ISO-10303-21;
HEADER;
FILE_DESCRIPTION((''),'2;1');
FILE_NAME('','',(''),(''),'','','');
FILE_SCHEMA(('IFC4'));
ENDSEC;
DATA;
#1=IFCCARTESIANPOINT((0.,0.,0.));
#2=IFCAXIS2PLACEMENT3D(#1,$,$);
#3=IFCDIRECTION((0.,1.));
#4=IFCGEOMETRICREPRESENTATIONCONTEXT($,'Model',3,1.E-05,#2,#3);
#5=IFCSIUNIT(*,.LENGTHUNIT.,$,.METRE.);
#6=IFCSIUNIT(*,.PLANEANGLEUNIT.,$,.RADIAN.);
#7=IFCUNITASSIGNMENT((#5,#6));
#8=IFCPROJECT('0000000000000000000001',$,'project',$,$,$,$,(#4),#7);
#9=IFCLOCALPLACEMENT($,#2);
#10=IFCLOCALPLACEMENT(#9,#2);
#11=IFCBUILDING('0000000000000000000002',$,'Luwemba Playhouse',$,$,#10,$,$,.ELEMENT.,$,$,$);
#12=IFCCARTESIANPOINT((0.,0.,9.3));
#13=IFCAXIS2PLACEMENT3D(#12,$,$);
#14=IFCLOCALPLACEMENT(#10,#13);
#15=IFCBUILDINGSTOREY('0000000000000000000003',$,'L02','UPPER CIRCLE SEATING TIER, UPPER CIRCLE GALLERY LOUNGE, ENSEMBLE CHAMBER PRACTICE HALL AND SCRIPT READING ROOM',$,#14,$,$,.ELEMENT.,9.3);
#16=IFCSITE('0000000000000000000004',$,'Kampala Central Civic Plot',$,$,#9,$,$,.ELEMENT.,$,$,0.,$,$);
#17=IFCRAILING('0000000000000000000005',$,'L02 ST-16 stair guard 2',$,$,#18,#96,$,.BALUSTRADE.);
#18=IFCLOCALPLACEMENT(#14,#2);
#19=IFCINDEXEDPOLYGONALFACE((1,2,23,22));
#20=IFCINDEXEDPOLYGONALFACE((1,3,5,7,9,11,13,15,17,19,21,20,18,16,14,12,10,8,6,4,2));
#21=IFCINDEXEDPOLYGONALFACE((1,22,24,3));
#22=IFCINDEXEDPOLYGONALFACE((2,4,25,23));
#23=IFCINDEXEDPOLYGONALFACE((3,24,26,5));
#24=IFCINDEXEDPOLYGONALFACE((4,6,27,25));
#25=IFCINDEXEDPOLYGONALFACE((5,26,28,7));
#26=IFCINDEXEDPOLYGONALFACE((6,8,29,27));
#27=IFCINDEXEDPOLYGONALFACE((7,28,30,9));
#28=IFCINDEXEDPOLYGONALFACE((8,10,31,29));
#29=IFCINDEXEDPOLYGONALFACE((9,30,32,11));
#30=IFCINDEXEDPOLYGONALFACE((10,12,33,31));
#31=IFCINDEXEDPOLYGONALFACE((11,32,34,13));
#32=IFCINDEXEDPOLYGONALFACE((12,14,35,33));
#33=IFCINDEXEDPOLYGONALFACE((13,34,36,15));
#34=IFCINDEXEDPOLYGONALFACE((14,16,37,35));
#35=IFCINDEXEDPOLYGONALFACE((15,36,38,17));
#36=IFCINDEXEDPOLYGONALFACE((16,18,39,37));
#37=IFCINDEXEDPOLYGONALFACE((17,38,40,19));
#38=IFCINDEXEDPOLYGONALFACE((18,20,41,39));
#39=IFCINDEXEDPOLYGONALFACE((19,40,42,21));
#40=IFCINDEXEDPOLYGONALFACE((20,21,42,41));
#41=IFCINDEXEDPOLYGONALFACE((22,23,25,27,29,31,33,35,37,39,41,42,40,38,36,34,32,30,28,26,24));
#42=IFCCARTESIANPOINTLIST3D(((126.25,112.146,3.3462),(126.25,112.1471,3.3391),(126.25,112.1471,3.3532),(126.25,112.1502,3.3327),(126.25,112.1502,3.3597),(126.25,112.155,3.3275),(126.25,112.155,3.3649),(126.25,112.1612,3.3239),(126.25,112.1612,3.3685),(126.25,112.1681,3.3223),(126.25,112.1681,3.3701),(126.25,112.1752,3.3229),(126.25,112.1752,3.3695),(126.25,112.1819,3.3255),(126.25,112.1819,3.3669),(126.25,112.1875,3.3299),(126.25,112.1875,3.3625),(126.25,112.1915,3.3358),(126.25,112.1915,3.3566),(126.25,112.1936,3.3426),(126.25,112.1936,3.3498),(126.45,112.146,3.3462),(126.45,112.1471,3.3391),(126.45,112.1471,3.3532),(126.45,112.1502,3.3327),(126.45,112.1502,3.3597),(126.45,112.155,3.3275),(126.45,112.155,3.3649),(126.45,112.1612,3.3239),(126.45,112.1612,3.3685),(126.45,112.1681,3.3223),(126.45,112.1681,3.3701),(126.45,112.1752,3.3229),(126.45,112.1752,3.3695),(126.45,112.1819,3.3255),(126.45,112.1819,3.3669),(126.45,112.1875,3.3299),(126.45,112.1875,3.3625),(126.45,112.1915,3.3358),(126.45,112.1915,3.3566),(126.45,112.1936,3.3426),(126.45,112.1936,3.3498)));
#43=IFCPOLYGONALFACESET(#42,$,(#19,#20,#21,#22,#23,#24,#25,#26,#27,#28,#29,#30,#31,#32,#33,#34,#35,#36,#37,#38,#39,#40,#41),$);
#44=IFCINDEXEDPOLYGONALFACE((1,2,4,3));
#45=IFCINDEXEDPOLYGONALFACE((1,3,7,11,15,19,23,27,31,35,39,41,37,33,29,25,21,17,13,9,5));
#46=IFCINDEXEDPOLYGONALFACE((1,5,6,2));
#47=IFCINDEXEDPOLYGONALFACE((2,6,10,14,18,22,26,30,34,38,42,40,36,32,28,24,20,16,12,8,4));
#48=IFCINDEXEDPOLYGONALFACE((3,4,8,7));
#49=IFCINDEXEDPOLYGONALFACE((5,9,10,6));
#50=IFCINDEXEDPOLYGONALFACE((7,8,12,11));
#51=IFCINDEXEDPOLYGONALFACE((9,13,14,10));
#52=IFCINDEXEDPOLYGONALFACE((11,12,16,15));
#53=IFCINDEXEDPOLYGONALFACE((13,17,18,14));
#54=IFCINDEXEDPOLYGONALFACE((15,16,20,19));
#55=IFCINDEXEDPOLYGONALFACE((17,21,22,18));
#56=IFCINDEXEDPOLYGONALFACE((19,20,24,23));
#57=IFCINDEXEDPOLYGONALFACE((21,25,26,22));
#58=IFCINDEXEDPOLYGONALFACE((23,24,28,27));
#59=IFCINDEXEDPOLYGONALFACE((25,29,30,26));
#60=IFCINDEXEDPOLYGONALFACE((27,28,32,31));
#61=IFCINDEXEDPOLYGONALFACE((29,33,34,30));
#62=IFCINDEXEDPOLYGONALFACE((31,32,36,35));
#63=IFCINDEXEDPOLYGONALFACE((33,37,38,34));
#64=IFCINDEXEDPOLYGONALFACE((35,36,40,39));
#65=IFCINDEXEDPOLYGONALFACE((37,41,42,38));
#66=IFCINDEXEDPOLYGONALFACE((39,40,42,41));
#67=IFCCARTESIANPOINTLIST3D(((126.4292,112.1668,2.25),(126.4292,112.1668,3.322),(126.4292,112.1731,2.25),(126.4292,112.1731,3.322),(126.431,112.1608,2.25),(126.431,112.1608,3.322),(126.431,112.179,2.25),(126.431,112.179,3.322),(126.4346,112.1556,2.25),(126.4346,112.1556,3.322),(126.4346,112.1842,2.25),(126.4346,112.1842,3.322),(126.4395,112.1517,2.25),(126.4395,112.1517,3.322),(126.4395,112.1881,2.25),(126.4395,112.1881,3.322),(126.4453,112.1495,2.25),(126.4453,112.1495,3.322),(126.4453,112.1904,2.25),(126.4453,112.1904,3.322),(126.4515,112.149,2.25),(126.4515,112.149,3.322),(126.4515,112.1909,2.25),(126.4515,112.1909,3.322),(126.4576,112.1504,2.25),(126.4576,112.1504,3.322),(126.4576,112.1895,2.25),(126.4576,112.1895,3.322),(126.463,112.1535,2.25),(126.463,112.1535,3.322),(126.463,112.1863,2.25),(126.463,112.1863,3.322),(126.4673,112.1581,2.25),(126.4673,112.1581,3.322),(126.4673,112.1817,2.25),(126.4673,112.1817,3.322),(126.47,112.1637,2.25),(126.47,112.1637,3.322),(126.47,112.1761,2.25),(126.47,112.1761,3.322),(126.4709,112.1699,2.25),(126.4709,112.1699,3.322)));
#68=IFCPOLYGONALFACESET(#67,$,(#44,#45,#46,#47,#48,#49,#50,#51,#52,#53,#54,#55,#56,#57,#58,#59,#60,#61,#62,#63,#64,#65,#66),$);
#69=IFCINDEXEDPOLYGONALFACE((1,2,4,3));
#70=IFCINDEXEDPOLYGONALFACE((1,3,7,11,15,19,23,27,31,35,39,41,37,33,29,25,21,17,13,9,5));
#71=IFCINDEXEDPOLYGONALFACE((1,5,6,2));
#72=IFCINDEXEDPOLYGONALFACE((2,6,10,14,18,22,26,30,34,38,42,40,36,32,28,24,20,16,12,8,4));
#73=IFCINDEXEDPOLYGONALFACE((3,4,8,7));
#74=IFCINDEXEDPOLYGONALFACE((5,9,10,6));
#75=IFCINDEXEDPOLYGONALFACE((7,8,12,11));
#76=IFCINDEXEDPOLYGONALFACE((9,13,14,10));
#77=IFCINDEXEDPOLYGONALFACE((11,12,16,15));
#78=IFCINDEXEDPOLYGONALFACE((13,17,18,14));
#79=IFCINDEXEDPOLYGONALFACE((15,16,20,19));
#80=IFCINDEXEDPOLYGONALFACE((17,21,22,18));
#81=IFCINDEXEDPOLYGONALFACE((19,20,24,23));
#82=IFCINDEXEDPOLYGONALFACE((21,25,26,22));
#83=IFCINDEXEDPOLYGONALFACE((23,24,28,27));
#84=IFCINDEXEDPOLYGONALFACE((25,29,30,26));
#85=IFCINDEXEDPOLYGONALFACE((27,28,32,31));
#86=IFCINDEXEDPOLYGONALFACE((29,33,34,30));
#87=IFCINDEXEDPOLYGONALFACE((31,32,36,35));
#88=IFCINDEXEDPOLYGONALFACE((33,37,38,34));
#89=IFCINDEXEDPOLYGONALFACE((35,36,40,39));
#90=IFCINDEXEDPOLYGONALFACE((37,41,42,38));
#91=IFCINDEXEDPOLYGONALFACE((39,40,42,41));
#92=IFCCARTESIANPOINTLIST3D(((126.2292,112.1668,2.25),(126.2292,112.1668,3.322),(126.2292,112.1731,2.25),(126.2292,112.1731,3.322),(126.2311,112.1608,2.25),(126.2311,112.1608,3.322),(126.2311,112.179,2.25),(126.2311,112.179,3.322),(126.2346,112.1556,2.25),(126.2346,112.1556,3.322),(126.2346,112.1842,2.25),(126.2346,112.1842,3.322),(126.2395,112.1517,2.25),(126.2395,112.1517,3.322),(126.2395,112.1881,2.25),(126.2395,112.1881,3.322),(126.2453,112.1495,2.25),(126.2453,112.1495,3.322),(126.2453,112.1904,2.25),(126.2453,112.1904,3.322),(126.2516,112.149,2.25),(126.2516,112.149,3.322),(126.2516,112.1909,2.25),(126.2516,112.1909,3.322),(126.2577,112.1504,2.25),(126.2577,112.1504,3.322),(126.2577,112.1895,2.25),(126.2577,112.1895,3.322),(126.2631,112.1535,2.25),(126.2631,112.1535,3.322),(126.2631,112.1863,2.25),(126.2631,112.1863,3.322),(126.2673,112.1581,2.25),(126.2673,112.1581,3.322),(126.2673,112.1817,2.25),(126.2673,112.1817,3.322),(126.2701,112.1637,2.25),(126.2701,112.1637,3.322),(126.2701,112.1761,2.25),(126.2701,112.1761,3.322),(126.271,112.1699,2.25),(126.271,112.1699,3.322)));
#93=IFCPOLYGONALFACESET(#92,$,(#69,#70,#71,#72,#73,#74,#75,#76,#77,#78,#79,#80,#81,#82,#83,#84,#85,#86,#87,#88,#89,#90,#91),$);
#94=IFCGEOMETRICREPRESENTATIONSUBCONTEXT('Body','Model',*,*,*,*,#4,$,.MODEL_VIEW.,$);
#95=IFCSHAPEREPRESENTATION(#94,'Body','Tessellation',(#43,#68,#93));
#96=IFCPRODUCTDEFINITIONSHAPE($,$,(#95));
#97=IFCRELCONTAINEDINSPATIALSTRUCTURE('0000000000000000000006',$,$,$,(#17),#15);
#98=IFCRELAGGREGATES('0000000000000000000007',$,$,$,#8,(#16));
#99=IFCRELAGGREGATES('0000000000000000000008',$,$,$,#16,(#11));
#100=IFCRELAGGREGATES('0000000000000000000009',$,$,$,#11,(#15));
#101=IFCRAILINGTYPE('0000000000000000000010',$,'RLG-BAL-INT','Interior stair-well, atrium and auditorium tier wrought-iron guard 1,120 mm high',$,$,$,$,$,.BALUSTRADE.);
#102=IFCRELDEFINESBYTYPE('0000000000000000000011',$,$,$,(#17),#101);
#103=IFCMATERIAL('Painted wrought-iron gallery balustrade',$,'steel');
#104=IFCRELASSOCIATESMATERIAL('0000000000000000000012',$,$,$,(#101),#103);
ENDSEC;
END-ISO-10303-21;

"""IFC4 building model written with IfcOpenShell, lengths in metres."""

from ifc_helpers import new_model, si_unit, direction, frame, origin, origin_2d, place, context, subcontext, project, spatial, circle, extrude, material, type_object, element, save


model = new_model("IFC4")

# Units and contexts
model_context = context("Model", 3, precision=1e-05, world=origin(), true_north=direction((0.0, 1.0)))
body_context = subcontext(model_context, "Body", "Model", "MODEL_VIEW")
ifc_project = project(units=[si_unit("LENGTHUNIT", "METRE"), si_unit("PLANEANGLEUNIT", "RADIAN")], contexts=[model_context])

# Site, building, storey
site_placement = place(None, origin())
site = spatial("IfcSite", under=ifc_project, at=site_placement, Name="Kampala Central Civic Plot", CompositionType="ELEMENT", RefElevation=0.0)
building_placement = place(site_placement, origin())
building = spatial("IfcBuilding", under=site, at=building_placement, Name="Luwemba Playhouse", CompositionType="ELEMENT")
storey_placement = place(building_placement, frame((0.0, 0.0, 9.3)))
storey = spatial("IfcBuildingStorey", under=building, at=storey_placement, Name="L02", Description="UPPER CIRCLE SEATING TIER, UPPER CIRCLE GALLERY LOUNGE, ENSEMBLE CHAMBER PRACTICE HALL AND SCRIPT READING ROOM", CompositionType="ELEMENT", Elevation=9.3)

# Railing
ifc_material_1 = material(Name="Painted wrought-iron gallery balustrade", Category="steel")
railing_type_1 = type_object("IfcRailingType", Name="RLG-BAL-INT", Description="Interior stair-well, atrium and auditorium tier wrought-iron guard 1,120 mm high", PredefinedType="BALUSTRADE", material=ifc_material_1)
railing_1_placement = place(storey_placement, frame((126.45, 112.1699, 2.25)))
element("IfcRailing", 1, at=railing_1_placement, inside=storey, type_object=railing_type_1, Name="L02 ST-16 stair guard 2", PredefinedType="BALUSTRADE", context=body_context, shape_type="SweptSolid", body=[
    extrude(circle(Radius=0.0239, at=origin_2d()), frame((0.0, 0.0, 1.0962), z_axis=(-1.0, 0.0, 0.0), x_axis=(0.0, -1.0, 0.0)), (0.0, 0.0, 1.0), 0.2),
    extrude(circle(Radius=0.021, at=origin_2d()), origin(), (0.0, 0.0, 1.0), 1.072),
    extrude(circle(Radius=0.021, at=origin_2d()), frame((-0.2, 0.0, 0.0)), (0.0, 0.0, 1.0), 1.072),
])

save(model, "model.ifc")
